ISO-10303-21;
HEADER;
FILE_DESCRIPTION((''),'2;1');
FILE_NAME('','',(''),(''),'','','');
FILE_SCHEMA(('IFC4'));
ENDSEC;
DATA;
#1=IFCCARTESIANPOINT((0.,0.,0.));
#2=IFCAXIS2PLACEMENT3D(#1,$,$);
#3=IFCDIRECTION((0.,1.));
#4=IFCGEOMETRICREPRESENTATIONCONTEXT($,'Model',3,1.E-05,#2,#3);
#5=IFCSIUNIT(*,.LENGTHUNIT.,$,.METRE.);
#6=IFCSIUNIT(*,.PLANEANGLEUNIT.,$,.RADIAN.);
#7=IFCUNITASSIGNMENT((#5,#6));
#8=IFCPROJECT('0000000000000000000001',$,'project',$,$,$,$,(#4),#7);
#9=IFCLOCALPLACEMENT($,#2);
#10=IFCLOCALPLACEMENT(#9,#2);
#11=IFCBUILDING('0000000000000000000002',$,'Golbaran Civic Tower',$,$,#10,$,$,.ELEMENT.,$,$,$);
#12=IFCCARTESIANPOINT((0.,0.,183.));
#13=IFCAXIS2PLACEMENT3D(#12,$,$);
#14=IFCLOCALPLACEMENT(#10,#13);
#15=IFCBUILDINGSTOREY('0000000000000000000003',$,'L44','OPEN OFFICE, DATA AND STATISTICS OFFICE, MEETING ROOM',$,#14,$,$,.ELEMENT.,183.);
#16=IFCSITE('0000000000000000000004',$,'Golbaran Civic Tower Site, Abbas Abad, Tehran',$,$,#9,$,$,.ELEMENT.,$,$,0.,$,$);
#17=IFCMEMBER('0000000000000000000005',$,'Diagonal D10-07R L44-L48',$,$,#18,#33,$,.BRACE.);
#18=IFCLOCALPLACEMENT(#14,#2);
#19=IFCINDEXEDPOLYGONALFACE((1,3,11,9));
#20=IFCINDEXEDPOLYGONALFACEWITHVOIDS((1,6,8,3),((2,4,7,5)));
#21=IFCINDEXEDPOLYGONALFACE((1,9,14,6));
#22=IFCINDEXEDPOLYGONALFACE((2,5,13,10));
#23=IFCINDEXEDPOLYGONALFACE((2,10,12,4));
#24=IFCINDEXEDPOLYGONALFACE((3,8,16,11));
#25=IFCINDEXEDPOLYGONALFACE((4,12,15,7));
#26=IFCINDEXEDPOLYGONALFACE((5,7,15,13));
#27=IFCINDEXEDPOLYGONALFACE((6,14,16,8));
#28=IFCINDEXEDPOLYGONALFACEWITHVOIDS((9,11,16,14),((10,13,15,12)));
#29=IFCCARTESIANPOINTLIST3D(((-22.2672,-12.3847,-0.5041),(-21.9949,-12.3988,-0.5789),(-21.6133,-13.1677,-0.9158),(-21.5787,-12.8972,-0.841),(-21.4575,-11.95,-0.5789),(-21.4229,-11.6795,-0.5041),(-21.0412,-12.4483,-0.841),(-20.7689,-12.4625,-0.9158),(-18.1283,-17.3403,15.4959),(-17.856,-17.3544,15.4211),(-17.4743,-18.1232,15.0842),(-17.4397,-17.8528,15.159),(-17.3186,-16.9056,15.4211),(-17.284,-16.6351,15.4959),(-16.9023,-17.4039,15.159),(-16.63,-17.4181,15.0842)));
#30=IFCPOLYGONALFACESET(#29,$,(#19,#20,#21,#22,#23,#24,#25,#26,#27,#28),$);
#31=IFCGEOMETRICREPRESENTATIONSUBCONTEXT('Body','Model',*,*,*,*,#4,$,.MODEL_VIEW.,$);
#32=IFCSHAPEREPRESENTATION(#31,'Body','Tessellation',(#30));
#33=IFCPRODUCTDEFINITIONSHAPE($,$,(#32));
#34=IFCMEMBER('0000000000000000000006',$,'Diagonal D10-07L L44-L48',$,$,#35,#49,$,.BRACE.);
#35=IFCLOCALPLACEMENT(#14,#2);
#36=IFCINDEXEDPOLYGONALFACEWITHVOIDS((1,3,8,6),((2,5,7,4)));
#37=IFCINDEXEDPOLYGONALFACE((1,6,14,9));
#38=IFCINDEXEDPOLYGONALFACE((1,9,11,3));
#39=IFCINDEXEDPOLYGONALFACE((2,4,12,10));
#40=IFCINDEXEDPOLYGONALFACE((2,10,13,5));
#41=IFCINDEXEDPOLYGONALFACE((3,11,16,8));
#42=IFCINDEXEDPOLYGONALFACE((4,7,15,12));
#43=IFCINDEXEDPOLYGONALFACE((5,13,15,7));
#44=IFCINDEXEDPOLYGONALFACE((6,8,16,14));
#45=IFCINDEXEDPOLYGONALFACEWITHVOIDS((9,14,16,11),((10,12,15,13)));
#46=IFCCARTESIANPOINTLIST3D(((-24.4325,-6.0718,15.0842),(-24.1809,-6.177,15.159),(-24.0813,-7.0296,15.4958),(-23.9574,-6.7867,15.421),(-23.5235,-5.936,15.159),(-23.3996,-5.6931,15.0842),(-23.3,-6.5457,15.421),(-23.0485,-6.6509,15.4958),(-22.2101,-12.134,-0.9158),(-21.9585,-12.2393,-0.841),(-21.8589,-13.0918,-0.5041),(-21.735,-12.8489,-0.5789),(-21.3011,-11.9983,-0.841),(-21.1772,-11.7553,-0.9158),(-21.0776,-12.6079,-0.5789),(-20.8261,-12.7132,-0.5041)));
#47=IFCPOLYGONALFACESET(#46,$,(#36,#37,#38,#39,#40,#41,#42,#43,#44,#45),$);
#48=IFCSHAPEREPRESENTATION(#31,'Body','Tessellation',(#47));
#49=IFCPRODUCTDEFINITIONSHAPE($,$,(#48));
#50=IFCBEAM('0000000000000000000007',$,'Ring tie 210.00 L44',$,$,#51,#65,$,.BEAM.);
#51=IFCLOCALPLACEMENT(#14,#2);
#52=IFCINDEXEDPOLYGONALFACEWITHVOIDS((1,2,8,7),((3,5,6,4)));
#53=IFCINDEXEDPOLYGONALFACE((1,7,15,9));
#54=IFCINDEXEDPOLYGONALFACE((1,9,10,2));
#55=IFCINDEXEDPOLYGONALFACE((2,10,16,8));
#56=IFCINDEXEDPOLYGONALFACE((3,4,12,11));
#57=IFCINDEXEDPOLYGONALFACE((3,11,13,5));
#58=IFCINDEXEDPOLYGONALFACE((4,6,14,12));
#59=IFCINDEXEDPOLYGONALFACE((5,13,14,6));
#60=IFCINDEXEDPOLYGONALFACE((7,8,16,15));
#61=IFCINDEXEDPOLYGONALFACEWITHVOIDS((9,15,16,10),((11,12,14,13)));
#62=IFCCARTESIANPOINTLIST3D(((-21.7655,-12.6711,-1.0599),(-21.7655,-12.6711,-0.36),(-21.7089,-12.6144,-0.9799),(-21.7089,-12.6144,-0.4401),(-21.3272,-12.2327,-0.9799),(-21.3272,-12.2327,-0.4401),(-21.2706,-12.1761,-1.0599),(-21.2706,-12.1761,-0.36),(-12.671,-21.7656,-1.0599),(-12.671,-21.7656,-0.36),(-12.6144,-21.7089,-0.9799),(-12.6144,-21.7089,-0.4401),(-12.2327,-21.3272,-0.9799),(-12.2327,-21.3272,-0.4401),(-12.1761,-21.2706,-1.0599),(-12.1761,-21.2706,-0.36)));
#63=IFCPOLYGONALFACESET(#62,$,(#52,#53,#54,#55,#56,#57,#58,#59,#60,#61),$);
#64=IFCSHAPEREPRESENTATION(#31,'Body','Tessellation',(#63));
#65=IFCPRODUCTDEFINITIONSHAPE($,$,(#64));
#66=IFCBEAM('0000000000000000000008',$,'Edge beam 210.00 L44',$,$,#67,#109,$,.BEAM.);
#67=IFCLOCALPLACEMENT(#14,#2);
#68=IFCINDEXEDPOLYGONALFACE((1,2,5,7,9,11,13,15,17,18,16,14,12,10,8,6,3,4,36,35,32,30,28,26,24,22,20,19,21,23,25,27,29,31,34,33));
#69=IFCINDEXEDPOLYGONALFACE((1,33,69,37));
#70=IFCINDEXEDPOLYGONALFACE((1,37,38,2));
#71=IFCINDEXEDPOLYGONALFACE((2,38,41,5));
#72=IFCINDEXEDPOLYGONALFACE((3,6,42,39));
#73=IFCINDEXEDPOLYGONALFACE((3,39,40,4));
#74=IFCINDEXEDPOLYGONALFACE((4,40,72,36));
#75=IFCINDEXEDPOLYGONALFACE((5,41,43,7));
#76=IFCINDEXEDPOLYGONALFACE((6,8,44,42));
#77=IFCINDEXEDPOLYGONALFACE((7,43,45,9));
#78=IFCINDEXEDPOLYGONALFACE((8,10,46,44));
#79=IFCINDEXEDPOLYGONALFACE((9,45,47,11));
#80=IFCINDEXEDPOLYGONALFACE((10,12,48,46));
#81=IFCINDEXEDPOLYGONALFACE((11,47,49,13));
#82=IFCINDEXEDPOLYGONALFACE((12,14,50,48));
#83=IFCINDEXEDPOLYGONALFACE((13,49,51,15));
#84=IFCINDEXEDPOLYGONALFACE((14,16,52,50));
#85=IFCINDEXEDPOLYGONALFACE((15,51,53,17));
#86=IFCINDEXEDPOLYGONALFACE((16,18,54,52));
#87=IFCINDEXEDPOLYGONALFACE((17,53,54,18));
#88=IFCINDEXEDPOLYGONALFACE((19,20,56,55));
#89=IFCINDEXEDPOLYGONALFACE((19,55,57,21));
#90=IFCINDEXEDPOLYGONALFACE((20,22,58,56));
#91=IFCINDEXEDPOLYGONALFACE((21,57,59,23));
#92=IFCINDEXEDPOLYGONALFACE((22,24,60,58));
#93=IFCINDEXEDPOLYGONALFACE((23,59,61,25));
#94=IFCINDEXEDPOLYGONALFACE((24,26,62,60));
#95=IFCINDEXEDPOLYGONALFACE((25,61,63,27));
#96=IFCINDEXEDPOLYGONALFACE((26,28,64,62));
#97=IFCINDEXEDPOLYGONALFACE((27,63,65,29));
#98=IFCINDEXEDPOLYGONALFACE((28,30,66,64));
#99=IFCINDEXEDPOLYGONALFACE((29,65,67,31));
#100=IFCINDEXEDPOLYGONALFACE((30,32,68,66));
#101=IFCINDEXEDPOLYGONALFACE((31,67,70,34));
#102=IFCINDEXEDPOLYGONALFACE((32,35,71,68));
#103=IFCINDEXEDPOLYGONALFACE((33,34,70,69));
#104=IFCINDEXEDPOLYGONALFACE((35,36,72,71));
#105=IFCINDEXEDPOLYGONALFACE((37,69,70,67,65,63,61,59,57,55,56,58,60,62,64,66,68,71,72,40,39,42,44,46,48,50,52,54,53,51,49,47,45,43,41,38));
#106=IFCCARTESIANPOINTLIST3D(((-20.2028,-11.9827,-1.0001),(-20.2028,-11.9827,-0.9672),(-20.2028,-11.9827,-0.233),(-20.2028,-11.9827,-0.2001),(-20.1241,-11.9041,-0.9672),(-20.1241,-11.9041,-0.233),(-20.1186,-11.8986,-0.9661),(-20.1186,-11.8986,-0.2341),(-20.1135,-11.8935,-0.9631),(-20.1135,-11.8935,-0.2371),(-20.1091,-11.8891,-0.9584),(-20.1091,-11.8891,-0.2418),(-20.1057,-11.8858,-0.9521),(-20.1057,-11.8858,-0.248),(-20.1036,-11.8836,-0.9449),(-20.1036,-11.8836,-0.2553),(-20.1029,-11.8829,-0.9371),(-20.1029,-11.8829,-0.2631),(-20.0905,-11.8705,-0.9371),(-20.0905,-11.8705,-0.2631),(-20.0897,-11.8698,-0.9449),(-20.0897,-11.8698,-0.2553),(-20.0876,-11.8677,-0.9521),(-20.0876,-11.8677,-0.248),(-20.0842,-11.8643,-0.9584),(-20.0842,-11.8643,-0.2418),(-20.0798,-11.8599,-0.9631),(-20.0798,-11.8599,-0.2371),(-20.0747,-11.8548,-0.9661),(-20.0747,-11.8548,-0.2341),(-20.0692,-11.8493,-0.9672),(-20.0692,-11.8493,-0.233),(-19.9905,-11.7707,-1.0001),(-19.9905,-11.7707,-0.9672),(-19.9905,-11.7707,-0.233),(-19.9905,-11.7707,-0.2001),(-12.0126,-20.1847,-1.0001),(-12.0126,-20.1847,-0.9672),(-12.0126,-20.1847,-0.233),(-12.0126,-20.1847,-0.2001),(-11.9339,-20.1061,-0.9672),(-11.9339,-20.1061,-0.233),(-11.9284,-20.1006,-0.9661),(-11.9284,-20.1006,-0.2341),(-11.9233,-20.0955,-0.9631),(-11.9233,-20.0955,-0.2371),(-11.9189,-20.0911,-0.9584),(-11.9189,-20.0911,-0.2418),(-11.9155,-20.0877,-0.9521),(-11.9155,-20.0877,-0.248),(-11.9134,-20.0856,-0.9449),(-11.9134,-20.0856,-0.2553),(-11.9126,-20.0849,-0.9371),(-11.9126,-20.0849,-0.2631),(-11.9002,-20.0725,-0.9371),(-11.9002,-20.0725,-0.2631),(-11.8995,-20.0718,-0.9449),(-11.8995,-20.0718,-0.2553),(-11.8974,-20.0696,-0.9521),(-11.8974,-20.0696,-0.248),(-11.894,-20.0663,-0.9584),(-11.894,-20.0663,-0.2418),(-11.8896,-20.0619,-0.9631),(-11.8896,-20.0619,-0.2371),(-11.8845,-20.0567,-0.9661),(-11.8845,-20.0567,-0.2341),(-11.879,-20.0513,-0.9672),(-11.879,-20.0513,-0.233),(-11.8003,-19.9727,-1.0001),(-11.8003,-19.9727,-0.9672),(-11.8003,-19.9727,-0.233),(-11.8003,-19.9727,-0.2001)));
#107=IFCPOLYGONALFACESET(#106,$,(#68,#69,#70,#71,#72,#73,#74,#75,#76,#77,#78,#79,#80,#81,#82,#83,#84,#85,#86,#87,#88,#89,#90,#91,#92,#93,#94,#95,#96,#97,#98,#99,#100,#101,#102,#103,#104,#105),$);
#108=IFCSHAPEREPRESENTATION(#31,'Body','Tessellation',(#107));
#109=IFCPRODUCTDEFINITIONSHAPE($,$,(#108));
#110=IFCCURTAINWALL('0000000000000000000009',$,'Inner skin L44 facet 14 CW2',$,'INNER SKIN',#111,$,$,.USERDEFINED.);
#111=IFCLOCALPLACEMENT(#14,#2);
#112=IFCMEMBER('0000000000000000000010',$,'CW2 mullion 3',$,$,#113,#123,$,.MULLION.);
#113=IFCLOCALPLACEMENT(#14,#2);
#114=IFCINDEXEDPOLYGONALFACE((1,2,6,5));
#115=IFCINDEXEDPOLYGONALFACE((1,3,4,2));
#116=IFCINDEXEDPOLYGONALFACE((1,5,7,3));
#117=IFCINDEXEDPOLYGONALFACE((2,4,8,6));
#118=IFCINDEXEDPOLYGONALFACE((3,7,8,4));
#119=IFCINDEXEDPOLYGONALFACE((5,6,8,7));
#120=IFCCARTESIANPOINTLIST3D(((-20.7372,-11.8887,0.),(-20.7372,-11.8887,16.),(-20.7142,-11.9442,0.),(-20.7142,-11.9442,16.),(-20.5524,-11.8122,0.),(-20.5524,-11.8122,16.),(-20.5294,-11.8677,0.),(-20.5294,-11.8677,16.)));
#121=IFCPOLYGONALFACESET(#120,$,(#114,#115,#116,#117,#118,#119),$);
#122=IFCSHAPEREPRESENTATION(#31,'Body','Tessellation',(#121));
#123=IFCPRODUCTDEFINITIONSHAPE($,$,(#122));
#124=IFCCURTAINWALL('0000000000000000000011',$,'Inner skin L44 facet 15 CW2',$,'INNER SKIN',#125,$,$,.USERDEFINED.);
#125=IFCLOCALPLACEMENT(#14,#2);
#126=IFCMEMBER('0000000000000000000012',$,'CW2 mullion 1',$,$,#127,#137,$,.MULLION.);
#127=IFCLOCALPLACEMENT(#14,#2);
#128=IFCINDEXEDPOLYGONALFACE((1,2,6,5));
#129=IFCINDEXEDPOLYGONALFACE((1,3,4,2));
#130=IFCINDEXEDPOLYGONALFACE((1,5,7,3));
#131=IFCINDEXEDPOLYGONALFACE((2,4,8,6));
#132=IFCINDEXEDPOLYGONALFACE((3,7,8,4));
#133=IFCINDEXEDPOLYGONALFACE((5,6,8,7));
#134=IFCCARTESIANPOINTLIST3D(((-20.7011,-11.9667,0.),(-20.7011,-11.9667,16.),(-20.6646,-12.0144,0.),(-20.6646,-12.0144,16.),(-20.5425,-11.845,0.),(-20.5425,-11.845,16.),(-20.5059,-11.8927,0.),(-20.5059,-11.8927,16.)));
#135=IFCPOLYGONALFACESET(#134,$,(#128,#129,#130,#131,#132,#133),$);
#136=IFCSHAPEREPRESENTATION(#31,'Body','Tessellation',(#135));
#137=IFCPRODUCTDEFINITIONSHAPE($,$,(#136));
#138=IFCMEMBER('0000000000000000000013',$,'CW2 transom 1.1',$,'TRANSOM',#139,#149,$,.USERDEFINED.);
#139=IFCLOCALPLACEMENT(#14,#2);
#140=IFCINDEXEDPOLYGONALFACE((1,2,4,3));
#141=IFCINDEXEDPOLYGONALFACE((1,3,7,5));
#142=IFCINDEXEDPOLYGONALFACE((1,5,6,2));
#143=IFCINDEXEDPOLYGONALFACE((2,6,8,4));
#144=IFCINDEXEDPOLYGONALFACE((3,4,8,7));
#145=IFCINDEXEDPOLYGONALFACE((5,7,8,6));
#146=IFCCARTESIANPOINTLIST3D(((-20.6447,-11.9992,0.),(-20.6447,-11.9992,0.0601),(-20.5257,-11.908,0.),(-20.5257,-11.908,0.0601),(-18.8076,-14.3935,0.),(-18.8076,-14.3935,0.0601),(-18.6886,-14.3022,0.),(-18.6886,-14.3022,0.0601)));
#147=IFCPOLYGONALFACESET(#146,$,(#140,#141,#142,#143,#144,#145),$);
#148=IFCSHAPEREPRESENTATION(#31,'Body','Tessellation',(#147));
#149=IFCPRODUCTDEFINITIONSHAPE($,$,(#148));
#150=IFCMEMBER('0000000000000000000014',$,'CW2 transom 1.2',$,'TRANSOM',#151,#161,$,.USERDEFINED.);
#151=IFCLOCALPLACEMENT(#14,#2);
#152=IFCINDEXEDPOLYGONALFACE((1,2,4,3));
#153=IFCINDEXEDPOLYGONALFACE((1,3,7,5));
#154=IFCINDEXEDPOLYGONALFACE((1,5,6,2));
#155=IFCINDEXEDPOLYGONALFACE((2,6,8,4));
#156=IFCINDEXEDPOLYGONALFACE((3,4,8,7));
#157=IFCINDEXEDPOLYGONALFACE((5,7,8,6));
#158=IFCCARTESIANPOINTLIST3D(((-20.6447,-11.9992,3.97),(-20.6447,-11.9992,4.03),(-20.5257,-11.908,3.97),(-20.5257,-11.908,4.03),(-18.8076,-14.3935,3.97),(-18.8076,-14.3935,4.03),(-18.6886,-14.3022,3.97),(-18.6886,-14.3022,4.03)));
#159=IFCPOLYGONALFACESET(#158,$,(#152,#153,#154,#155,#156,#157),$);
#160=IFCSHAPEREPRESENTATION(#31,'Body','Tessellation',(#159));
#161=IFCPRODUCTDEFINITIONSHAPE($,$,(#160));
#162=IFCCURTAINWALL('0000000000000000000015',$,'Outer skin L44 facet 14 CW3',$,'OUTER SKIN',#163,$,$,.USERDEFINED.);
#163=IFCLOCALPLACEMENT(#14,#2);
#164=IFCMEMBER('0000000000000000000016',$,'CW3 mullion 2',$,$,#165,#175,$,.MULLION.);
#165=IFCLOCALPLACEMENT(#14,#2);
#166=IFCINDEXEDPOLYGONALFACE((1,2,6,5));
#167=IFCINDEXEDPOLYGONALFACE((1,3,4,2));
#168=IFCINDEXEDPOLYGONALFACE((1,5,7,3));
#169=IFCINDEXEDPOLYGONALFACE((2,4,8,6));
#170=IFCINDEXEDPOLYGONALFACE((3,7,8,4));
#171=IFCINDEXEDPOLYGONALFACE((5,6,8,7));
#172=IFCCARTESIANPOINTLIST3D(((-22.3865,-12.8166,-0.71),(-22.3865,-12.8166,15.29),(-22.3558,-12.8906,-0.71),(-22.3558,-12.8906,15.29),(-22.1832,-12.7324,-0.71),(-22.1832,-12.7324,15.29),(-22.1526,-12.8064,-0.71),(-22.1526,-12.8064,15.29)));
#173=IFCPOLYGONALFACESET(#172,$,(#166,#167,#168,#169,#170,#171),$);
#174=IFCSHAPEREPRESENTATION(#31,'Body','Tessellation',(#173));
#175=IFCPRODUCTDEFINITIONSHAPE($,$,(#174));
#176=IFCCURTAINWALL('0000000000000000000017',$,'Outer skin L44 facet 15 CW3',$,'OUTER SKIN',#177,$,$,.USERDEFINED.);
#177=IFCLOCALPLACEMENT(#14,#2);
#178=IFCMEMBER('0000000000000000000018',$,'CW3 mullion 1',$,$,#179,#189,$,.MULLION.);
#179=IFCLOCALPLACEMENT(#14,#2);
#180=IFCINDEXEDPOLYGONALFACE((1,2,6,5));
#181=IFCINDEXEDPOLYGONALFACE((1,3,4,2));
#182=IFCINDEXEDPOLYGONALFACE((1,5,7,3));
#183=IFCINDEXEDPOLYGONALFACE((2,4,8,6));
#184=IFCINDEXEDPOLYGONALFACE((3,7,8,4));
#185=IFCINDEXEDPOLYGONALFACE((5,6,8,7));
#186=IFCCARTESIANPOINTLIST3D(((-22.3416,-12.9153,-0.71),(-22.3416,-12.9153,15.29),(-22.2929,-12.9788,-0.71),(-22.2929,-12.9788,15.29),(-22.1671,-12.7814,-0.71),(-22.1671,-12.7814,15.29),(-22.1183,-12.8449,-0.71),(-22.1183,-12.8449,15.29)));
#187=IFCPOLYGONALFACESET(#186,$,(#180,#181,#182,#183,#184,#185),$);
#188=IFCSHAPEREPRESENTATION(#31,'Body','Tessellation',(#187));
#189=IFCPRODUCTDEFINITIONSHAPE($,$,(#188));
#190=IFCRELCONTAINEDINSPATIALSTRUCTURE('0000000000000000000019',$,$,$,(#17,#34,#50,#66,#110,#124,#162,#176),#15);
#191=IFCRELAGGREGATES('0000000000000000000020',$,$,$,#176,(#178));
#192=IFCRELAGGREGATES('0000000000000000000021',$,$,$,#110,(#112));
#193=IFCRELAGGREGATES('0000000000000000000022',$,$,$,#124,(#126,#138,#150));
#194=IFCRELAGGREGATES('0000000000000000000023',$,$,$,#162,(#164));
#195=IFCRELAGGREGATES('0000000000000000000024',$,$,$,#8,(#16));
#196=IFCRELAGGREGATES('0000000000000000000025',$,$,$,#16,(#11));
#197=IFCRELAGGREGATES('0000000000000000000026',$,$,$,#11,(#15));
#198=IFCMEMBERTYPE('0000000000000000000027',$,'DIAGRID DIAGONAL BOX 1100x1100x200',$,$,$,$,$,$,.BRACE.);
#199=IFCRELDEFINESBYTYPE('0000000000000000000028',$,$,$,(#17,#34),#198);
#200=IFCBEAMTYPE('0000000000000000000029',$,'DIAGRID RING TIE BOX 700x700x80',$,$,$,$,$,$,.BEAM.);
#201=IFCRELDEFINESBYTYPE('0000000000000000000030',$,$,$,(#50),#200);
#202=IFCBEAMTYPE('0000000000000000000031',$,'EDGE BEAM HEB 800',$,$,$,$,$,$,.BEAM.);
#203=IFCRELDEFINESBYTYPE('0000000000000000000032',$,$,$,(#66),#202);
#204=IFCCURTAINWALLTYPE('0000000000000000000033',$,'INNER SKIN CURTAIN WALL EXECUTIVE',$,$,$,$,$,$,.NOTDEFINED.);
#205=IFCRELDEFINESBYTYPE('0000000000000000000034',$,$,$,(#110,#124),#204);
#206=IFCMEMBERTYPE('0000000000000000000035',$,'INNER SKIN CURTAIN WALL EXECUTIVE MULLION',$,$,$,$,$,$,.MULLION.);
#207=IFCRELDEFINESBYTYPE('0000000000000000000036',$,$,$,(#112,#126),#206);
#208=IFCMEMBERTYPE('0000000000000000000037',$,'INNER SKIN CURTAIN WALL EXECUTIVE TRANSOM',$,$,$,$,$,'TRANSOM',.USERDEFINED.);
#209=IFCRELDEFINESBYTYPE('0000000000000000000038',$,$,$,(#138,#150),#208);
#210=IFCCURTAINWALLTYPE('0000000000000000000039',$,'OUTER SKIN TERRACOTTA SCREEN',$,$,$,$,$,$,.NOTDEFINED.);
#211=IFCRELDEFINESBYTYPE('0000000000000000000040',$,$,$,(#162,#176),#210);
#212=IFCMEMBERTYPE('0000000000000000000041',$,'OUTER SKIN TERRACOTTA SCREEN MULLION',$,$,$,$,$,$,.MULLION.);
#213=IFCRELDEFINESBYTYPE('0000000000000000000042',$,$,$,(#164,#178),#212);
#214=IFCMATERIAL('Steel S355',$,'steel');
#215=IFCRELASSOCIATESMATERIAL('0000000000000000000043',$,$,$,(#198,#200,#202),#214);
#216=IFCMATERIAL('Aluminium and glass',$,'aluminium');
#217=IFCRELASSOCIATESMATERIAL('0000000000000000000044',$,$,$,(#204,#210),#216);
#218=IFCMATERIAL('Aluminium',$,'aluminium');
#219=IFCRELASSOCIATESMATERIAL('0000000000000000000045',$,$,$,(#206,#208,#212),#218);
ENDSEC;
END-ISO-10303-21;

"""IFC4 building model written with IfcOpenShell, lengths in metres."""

from ifc_helpers import new_model, si_unit, direction, frame, origin, origin_2d, place, context, subcontext, project, spatial, rectangle, hollow_rectangle, i_section, extrude, material, material_profile, profile_set, type_object, element, aggregate, save


model = new_model("IFC4")

# Units and contexts
model_context = context("Model", 3, precision=1e-05, world=origin(), true_north=direction((0.0, 1.0)))
body_context = subcontext(model_context, "Body", "Model", "MODEL_VIEW")
ifc_project = project(units=[si_unit("LENGTHUNIT", "METRE"), si_unit("PLANEANGLEUNIT", "RADIAN")], contexts=[model_context])

# Site, building, storey
site_placement = place(None, origin())
site = spatial("IfcSite", under=ifc_project, at=site_placement, Name="Golbaran Civic Tower Site, Abbas Abad, Tehran", CompositionType="ELEMENT", RefElevation=0.0)
building_placement = place(site_placement, origin())
building = spatial("IfcBuilding", under=site, at=building_placement, Name="Golbaran Civic Tower", CompositionType="ELEMENT")
storey_placement = place(building_placement, frame((0.0, 0.0, 183.0)))
storey = spatial("IfcBuildingStorey", under=building, at=storey_placement, Name="L44", Description="OPEN OFFICE, DATA AND STATISTICS OFFICE, MEETING ROOM", CompositionType="ELEMENT", Elevation=183.0)

# Members
ifc_material_1 = material(Name="Steel S355", Category="steel")
ifc_material_profile_1 = material_profile(ifc_material_1, hollow_rectangle(XDim=1.1001, YDim=1.1001, WallThickness=0.2, at=origin_2d()), Name="BOX 1100x1100x200")
ifc_profile_set_1 = profile_set([ifc_material_profile_1], Name="Steel S355")
member_type_1 = type_object("IfcMemberType", Name="DIAGRID DIAGONAL BOX 1100x1100x200", PredefinedType="BRACE", material=ifc_profile_set_1)
for number, where, z_axis, x_axis, name in (
    (1, (-21.5181, -12.4236, -0.71), (0.239886, -0.287219, 0.92734), (0.767514, 0.641032, 0.0), "Diagonal D10-07R L44-L48"),
    (2, (-21.5181, -12.4236, -0.71), (-0.128808, 0.35136, 0.927337), (-0.938897, -0.344198, 0.0), "Diagonal D10-07L L44-L48"),
):
    element("IfcMember", number, at=place(storey_placement, frame(where, z_axis=z_axis, x_axis=x_axis)), inside=storey, type_object=member_type_1, Name=name, PredefinedType="BRACE", context=body_context, shape_type="SweptSolid", body=[
        extrude(hollow_rectangle(XDim=1.1001, YDim=1.1001, WallThickness=0.2, at=origin_2d()), origin(), (0.0, 0.0, 1.0), 17.2537),
    ])

# Beams
ifc_material_profile_2 = material_profile(ifc_material_1, hollow_rectangle(XDim=0.7, YDim=0.7, WallThickness=0.0801, at=origin_2d()), Name="BOX 700x700x80")
ifc_profile_set_2 = profile_set([ifc_material_profile_2], Name="Steel S355")
beam_type_1 = type_object("IfcBeamType", Name="DIAGRID RING TIE BOX 700x700x80", PredefinedType="BEAM", material=ifc_profile_set_2)
beam_1_placement = place(storey_placement, frame((-21.5181, -12.4236, -0.71), z_axis=(0.707107, -0.707107, 0.0), x_axis=(0.707107, 0.707107, 0.0)))
element("IfcBeam", 3, at=beam_1_placement, inside=storey, type_object=beam_type_1, Name="Ring tie 210.00 L44", PredefinedType="BEAM", context=body_context, shape_type="SweptSolid", body=[
    extrude(hollow_rectangle(XDim=0.7, YDim=0.7, WallThickness=0.0801, at=origin_2d()), origin(), (0.0, 0.0, 1.0), 12.8616),
])
ifc_material_profile_3 = material_profile(ifc_material_1, i_section(OverallWidth=0.3, OverallDepth=0.8, WebThickness=0.0176, FlangeThickness=0.033, FilletRadius=0.03, at=origin_2d()), Name="HEB 800")
ifc_profile_set_3 = profile_set([ifc_material_profile_3], Name="Steel S355")
beam_type_2 = type_object("IfcBeamType", Name="EDGE BEAM HEB 800", PredefinedType="BEAM", material=ifc_profile_set_3)
beam_2_placement = place(storey_placement, frame((-20.0967, -11.8767, -0.6001), z_axis=(0.706601, -0.707612, 0.0), x_axis=(0.707612, 0.706601, 0.0)))
element("IfcBeam", 4, at=beam_2_placement, inside=storey, type_object=beam_type_2, Name="Edge beam 210.00 L44", PredefinedType="BEAM", context=body_context, shape_type="SweptSolid", body=[
    extrude(i_section(OverallWidth=0.3, OverallDepth=0.8, WebThickness=0.0176, FlangeThickness=0.033, FilletRadius=0.03, at=origin_2d()), origin(), (0.0, 0.0, 1.0), 11.5911),
])

# Curtain wall, member
ifc_material_2 = material(Name="Aluminium and glass", Category="aluminium")
curtain_wall_type_1 = type_object("IfcCurtainWallType", Name="INNER SKIN CURTAIN WALL EXECUTIVE", PredefinedType="NOTDEFINED", material=ifc_material_2)
curtain_wall_1_placement = place(storey_placement, origin())
curtain_wall_1 = element("IfcCurtainWall", 5, at=curtain_wall_1_placement, inside=storey, type_object=curtain_wall_type_1, Name="Inner skin L44 facet 14 CW2", ObjectType="INNER SKIN", PredefinedType="USERDEFINED")
ifc_material_3 = material(Name="Aluminium", Category="aluminium")
ifc_material_profile_4 = material_profile(ifc_material_3, rectangle(XDim=0.2, YDim=0.0601, at=origin_2d()), Name="INNER SKIN CURTAIN WALL EXECUTIVE MULLION")
ifc_profile_set_4 = profile_set([ifc_material_profile_4], Name="Aluminium")
member_type_2 = type_object("IfcMemberType", Name="INNER SKIN CURTAIN WALL EXECUTIVE MULLION", PredefinedType="MULLION", material=ifc_profile_set_4)
member_1_placement = place(storey_placement, frame((-20.6333, -11.8782, 0.0), z_axis=(0.0, 0.0, 1.0), x_axis=(0.92388, 0.382683, 0.0)))
member_1 = element("IfcMember", 6, at=member_1_placement, type_object=member_type_2, Name="CW2 mullion 3", PredefinedType="MULLION", context=body_context, shape_type="SweptSolid", body=[
    extrude(rectangle(XDim=0.2, YDim=0.0601, at=origin_2d()), origin(), (0.0, 0.0, 1.0), 16.0),
])

# Curtain wall, members
curtain_wall_2_placement = place(storey_placement, origin())
curtain_wall_2 = element("IfcCurtainWall", 7, at=curtain_wall_2_placement, inside=storey, type_object=curtain_wall_type_1, Name="Inner skin L44 facet 15 CW2", ObjectType="INNER SKIN", PredefinedType="USERDEFINED")
member_2_placement = place(storey_placement, frame((-20.6035, -11.9297, 0.0), z_axis=(0.0, 0.0, 1.0), x_axis=(0.793353, 0.608761, 0.0)))
member_2 = element("IfcMember", 8, at=member_2_placement, type_object=member_type_2, Name="CW2 mullion 1", PredefinedType="MULLION", context=body_context, shape_type="SweptSolid", body=[
    extrude(rectangle(XDim=0.2, YDim=0.0601, at=origin_2d()), origin(), (0.0, 0.0, 1.0), 16.0),
])
ifc_material_profile_5 = material_profile(ifc_material_3, rectangle(XDim=0.1499, YDim=0.0601, at=origin_2d()), Name="INNER SKIN CURTAIN WALL EXECUTIVE TRANSOM")
ifc_profile_set_5 = profile_set([ifc_material_profile_5], Name="Aluminium")
member_type_3 = type_object("IfcMemberType", Name="INNER SKIN CURTAIN WALL EXECUTIVE TRANSOM", ElementType="TRANSOM", PredefinedType="USERDEFINED", material=ifc_profile_set_5)
member_3_placement = place(storey_placement, frame((-20.5852, -11.9536, 0.03), z_axis=(0.608752, -0.79336, 0.0), x_axis=(0.79336, 0.608752, 0.0)))
member_3 = element("IfcMember", 9, at=member_3_placement, type_object=member_type_3, Name="CW2 transom 1.1", ObjectType="TRANSOM", PredefinedType="USERDEFINED", context=body_context, shape_type="SweptSolid", body=[
    extrude(rectangle(XDim=0.1499, YDim=0.0601, at=origin_2d()), origin(), (0.0, 0.0, 1.0), 3.0178),
])
member_4_placement = place(storey_placement, frame((-20.5852, -11.9536, 4.0), z_axis=(0.608752, -0.79336, 0.0), x_axis=(0.79336, 0.608752, 0.0)))
member_4 = element("IfcMember", 10, at=member_4_placement, type_object=member_type_3, Name="CW2 transom 1.2", ObjectType="TRANSOM", PredefinedType="USERDEFINED", context=body_context, shape_type="SweptSolid", body=[
    extrude(rectangle(XDim=0.1499, YDim=0.0601, at=origin_2d()), origin(), (0.0, 0.0, 1.0), 3.0178),
])

# Curtain wall, member
curtain_wall_type_2 = type_object("IfcCurtainWallType", Name="OUTER SKIN TERRACOTTA SCREEN", PredefinedType="NOTDEFINED", material=ifc_material_2)
curtain_wall_3_placement = place(storey_placement, origin())
curtain_wall_3 = element("IfcCurtainWall", 11, at=curtain_wall_3_placement, inside=storey, type_object=curtain_wall_type_2, Name="Outer skin L44 facet 14 CW3", ObjectType="OUTER SKIN", PredefinedType="USERDEFINED")
ifc_material_profile_6 = material_profile(ifc_material_3, rectangle(XDim=0.22, YDim=0.0801, at=origin_2d()), Name="OUTER SKIN TERRACOTTA SCREEN MULLION")
ifc_profile_set_6 = profile_set([ifc_material_profile_6], Name="Aluminium")
member_type_4 = type_object("IfcMemberType", Name="OUTER SKIN TERRACOTTA SCREEN MULLION", PredefinedType="MULLION", material=ifc_profile_set_6)
member_5_placement = place(storey_placement, frame((-22.2695, -12.8115, -0.71), z_axis=(0.0, 0.0, 1.0), x_axis=(0.92388, 0.382683, 0.0)))
member_5 = element("IfcMember", 12, at=member_5_placement, type_object=member_type_4, Name="CW3 mullion 2", PredefinedType="MULLION", context=body_context, shape_type="SweptSolid", body=[
    extrude(rectangle(XDim=0.22, YDim=0.0801, at=origin_2d()), origin(), (0.0, 0.0, 1.0), 16.0),
])

# Curtain wall, member
curtain_wall_4_placement = place(storey_placement, origin())
curtain_wall_4 = element("IfcCurtainWall", 13, at=curtain_wall_4_placement, inside=storey, type_object=curtain_wall_type_2, Name="Outer skin L44 facet 15 CW3", ObjectType="OUTER SKIN", PredefinedType="USERDEFINED")
member_6_placement = place(storey_placement, frame((-22.23, -12.8801, -0.71), z_axis=(0.0, 0.0, 1.0), x_axis=(0.793353, 0.608761, 0.0)))
member_6 = element("IfcMember", 14, at=member_6_placement, type_object=member_type_4, Name="CW3 mullion 1", PredefinedType="MULLION", context=body_context, shape_type="SweptSolid", body=[
    extrude(rectangle(XDim=0.22, YDim=0.0801, at=origin_2d()), origin(), (0.0, 0.0, 1.0), 16.0),
])
aggregate(curtain_wall_4, [member_6])

aggregate(curtain_wall_1, [member_1])
aggregate(curtain_wall_2, [member_2, member_3, member_4])
aggregate(curtain_wall_3, [member_5])

save(model, "model.ifc")
